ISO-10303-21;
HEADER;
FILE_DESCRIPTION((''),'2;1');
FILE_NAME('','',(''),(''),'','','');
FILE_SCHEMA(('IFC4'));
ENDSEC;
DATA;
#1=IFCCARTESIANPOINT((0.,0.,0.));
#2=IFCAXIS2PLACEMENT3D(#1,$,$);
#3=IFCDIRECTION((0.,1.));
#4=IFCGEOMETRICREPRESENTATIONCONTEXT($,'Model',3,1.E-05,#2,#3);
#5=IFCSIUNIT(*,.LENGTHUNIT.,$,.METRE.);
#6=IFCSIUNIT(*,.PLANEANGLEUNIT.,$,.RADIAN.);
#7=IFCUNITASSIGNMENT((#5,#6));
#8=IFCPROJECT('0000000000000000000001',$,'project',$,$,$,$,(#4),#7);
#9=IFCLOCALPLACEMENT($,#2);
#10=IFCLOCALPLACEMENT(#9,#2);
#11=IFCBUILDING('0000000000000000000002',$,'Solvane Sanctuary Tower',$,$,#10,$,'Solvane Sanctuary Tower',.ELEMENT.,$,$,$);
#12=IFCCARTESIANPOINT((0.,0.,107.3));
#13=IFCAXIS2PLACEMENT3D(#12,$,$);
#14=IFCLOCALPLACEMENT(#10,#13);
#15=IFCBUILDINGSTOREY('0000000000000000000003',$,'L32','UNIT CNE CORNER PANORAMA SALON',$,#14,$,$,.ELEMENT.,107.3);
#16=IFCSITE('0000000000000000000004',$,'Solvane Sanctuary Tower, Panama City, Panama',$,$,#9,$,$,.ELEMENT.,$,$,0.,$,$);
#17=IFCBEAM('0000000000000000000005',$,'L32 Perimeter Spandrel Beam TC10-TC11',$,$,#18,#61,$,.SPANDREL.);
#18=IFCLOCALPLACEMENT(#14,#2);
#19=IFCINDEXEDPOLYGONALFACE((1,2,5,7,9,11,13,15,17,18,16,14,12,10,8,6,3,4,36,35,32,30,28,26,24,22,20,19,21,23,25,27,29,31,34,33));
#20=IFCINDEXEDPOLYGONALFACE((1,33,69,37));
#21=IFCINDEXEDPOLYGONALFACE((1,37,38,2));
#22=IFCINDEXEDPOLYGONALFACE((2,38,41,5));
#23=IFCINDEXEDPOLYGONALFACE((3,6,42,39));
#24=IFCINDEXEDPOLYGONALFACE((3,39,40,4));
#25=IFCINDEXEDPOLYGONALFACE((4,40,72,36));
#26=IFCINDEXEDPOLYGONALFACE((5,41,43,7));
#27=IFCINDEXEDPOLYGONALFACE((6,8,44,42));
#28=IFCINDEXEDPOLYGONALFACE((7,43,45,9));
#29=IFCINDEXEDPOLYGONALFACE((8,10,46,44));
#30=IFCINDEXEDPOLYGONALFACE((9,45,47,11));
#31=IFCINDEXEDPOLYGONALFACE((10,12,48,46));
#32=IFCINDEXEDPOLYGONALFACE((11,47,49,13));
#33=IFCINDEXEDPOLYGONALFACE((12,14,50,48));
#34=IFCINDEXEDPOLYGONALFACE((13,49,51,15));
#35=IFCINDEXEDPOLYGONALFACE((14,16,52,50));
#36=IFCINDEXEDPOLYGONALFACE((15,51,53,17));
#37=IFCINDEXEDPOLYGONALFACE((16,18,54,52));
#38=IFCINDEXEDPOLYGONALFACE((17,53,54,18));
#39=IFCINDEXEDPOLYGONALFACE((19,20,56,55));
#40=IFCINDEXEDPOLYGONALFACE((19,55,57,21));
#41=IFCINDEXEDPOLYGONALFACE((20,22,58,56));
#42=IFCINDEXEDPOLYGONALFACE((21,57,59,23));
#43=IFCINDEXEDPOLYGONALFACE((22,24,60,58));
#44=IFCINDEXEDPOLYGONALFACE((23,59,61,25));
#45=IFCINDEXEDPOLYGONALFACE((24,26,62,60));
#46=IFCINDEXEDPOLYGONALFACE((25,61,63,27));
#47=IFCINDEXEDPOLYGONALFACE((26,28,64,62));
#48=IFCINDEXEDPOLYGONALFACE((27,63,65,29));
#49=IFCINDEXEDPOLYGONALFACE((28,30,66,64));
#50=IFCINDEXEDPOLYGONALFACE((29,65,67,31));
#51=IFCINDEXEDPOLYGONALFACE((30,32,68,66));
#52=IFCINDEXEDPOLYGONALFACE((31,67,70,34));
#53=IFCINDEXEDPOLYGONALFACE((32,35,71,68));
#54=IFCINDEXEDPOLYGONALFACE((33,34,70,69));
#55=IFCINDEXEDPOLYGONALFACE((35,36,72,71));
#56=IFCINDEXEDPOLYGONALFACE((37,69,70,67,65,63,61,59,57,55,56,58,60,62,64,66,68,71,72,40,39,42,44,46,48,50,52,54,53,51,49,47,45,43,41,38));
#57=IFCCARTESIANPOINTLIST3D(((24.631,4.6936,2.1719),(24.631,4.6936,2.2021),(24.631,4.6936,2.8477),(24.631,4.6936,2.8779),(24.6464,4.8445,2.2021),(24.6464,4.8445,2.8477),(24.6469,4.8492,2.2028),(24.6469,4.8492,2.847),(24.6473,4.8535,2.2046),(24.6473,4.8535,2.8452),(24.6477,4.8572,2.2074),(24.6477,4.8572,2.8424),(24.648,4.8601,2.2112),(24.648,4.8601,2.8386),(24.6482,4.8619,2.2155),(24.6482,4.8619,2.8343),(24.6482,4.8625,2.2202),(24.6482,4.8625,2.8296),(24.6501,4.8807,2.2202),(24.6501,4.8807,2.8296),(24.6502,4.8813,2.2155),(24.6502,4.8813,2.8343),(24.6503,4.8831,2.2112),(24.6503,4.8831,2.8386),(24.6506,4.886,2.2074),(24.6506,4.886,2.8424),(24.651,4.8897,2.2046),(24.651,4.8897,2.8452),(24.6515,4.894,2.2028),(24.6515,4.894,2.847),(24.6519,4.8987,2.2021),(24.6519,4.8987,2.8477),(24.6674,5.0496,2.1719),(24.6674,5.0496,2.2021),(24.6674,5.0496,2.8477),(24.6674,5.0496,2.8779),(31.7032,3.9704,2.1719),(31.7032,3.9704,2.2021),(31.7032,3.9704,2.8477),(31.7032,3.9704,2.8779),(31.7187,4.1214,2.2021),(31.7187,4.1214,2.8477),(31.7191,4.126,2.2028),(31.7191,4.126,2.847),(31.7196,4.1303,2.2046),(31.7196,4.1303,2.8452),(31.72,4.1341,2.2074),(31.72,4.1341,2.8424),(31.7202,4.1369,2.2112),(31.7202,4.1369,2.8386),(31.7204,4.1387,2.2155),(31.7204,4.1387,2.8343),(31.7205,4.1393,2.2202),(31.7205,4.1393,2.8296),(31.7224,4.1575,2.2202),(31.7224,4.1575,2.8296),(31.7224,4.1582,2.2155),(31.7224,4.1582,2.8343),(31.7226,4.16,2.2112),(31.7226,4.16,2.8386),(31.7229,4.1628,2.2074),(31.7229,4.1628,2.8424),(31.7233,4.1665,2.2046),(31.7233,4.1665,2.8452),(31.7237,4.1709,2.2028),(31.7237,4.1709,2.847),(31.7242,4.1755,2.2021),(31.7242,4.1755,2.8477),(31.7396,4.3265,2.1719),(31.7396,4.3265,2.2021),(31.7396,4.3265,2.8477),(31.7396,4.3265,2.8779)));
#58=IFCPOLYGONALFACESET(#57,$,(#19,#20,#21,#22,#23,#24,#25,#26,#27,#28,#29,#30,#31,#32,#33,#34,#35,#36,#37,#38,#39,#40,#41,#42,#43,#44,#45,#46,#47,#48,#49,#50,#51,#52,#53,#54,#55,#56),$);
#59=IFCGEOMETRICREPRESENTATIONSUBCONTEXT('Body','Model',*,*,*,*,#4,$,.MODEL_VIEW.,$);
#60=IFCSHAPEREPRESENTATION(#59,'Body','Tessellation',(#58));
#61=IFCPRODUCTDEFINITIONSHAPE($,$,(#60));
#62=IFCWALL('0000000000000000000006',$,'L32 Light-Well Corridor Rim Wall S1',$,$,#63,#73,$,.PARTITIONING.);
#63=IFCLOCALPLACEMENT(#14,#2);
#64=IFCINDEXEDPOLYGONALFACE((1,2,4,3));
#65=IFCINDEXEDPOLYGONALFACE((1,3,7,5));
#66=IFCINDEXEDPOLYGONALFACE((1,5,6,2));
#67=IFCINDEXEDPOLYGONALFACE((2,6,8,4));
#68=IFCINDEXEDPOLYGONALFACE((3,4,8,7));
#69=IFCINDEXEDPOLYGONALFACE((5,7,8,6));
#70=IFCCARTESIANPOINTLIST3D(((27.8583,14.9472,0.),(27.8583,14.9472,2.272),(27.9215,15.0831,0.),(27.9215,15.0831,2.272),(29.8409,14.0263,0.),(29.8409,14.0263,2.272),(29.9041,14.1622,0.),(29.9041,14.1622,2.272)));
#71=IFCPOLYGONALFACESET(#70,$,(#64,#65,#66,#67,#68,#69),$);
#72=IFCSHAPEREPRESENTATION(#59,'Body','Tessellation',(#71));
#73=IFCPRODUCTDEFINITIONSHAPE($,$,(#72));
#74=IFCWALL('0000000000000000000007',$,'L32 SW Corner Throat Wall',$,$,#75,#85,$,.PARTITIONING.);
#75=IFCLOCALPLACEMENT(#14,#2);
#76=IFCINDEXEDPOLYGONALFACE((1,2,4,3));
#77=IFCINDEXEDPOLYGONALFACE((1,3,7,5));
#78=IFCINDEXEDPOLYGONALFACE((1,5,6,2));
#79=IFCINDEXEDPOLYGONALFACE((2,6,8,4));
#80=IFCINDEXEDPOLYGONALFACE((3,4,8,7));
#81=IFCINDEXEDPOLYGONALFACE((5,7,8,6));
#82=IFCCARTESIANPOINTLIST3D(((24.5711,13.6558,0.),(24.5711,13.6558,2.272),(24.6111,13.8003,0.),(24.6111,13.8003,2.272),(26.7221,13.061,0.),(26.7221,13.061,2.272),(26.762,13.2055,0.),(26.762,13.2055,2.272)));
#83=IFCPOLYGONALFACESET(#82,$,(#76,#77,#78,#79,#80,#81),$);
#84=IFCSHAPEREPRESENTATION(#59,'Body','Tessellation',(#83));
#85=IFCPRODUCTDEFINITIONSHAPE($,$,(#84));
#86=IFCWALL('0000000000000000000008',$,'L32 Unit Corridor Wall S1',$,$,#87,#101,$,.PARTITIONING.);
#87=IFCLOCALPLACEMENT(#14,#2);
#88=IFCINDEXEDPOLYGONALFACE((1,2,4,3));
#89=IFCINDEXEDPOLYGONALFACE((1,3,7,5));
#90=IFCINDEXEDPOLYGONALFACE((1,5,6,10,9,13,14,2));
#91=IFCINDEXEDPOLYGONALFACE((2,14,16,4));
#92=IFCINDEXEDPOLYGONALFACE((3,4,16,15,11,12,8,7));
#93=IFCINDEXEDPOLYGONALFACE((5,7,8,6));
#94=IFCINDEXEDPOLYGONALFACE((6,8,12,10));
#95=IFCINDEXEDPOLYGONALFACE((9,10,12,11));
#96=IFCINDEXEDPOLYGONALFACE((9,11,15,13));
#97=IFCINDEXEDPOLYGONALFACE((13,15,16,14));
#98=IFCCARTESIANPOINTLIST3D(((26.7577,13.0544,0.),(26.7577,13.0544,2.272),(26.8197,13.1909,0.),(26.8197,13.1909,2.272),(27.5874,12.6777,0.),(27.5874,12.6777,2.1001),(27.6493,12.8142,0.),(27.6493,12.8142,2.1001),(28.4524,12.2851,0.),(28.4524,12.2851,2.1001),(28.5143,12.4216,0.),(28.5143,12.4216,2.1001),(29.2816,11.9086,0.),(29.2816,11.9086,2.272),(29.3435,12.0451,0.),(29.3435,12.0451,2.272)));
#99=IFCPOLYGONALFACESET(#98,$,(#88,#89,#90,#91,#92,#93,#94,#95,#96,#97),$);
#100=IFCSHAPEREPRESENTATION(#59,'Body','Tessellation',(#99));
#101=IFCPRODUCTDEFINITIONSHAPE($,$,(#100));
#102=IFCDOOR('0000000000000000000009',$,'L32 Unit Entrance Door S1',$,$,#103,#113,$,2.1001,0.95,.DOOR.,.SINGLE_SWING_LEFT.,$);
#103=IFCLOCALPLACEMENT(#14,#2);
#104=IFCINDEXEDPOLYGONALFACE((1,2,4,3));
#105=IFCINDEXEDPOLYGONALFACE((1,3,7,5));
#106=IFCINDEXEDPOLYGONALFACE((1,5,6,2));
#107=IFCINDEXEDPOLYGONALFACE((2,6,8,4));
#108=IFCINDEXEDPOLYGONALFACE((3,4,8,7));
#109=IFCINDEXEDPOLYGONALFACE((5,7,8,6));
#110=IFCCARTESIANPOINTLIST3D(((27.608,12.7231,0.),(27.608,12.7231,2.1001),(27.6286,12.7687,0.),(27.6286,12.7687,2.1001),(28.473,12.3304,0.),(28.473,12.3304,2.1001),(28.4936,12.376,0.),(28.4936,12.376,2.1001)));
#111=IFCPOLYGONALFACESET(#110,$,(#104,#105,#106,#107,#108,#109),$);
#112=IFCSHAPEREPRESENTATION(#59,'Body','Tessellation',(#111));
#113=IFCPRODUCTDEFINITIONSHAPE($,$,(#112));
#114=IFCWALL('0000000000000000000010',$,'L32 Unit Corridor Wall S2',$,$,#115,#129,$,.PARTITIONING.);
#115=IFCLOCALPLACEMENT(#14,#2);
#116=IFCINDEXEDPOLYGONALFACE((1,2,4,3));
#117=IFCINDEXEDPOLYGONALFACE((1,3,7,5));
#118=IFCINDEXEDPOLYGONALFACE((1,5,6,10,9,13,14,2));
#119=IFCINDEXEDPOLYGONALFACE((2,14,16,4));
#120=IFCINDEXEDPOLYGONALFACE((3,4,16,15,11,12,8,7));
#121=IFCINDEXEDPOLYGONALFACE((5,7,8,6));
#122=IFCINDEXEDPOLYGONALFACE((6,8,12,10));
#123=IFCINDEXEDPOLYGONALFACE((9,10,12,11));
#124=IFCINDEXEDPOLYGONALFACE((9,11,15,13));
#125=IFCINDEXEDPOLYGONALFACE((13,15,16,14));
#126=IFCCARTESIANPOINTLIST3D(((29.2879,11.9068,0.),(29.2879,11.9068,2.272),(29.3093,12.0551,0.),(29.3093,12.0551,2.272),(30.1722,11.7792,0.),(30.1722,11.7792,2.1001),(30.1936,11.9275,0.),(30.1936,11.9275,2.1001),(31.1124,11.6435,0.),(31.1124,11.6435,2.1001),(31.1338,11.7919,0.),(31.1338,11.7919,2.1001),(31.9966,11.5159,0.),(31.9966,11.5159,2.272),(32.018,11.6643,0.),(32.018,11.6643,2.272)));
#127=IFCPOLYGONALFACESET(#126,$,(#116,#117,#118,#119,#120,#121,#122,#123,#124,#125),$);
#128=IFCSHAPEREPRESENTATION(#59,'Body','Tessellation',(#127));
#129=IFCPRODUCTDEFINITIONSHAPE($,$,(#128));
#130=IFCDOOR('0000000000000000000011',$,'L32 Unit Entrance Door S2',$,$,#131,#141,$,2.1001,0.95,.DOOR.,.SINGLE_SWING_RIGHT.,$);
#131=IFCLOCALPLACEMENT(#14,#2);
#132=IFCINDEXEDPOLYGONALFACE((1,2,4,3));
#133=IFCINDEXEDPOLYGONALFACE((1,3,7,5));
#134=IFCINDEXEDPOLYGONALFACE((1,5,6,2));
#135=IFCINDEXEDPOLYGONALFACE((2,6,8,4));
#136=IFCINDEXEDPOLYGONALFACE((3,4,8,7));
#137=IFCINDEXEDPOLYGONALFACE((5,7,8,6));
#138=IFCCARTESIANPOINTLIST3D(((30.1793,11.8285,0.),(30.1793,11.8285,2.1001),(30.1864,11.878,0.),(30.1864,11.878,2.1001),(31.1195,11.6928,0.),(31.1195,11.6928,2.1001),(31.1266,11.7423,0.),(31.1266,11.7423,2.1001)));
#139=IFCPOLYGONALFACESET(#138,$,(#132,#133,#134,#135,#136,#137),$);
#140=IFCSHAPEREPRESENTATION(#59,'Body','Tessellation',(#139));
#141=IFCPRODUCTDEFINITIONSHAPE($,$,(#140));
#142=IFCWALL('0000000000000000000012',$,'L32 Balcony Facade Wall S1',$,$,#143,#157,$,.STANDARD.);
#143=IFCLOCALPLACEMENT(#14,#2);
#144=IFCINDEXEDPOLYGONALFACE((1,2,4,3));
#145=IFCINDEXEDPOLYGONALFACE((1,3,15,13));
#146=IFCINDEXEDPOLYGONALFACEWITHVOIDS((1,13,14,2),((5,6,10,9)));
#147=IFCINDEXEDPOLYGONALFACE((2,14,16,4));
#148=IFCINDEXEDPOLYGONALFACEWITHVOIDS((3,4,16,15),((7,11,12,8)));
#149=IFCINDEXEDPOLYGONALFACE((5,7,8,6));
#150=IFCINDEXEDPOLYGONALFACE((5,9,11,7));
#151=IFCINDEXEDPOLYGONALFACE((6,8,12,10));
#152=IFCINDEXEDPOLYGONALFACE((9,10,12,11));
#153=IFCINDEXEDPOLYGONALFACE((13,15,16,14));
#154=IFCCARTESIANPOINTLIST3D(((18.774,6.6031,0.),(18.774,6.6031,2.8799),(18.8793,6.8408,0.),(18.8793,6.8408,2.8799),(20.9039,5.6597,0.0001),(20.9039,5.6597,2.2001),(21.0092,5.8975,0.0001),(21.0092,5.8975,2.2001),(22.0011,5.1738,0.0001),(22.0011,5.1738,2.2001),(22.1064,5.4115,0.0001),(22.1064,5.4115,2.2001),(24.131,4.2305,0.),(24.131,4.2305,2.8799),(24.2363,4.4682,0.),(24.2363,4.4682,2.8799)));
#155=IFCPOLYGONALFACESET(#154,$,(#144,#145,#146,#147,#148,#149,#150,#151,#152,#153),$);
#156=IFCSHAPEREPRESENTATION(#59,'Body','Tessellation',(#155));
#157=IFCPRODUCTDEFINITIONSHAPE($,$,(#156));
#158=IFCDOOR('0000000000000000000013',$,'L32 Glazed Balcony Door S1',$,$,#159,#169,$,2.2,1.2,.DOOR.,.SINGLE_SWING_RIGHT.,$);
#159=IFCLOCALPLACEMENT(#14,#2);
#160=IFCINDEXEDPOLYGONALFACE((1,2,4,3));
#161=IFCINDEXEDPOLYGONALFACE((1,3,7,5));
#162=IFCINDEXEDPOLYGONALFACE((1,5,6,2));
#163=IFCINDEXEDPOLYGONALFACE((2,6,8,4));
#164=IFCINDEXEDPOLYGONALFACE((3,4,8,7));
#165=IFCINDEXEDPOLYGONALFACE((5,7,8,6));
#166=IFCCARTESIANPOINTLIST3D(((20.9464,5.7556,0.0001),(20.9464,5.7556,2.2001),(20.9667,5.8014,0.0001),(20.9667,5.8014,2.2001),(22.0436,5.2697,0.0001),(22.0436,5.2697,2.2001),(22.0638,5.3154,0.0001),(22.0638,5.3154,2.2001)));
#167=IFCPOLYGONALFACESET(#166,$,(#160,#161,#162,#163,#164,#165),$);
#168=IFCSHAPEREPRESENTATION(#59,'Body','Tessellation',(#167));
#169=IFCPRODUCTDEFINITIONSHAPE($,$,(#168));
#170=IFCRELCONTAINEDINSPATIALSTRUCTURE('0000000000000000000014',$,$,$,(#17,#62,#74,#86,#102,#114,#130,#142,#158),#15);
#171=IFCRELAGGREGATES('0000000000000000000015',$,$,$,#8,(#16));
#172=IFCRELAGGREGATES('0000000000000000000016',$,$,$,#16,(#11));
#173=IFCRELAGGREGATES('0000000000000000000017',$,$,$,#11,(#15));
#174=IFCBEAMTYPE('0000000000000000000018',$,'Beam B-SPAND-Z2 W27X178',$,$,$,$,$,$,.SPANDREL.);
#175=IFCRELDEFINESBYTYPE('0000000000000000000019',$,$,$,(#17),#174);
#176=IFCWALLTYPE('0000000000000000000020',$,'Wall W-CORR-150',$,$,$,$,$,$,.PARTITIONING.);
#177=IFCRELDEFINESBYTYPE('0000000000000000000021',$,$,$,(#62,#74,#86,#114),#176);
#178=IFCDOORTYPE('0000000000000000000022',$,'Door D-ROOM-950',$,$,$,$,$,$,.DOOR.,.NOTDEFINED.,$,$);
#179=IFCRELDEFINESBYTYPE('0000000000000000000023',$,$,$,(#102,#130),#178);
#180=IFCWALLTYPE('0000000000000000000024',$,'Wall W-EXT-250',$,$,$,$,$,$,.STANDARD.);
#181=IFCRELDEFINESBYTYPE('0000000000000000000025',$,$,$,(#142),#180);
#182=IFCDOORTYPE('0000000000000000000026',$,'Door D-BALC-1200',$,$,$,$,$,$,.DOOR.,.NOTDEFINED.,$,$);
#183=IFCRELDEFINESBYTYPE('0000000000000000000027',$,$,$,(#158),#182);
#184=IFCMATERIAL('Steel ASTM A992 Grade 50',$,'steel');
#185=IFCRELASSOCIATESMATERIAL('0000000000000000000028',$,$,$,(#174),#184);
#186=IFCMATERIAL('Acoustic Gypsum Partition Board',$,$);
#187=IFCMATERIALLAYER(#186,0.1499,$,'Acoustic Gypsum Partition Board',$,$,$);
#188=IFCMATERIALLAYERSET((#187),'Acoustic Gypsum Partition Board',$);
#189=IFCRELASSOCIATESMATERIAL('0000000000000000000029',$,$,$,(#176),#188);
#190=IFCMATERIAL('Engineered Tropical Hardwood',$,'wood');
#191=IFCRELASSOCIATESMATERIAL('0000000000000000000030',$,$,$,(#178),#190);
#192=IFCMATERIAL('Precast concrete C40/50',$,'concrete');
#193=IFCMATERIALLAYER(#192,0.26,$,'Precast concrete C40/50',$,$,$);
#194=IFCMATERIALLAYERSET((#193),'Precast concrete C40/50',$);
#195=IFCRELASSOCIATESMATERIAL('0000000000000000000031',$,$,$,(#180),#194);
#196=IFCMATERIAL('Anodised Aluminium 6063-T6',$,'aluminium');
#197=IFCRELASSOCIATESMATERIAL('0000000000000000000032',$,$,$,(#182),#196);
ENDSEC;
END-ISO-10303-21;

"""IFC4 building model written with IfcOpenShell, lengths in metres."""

from ifc_helpers import new_model, si_unit, direction, frame, frame_2d, origin, origin_2d, place, context, subcontext, project, spatial, rectangle, i_section, extrude, material, layer, layer_set, material_profile, profile_set, type_object, element, fill, save


model = new_model("IFC4")

# Units and contexts
model_context = context("Model", 3, precision=1e-05, world=origin(), true_north=direction((0.0, 1.0)))
body_context = subcontext(model_context, "Body", "Model", "MODEL_VIEW")
ifc_project = project(units=[si_unit("LENGTHUNIT", "METRE"), si_unit("PLANEANGLEUNIT", "RADIAN")], contexts=[model_context])

# Site, building, storey
site_placement = place(None, origin())
site = spatial("IfcSite", under=ifc_project, at=site_placement, Name="Solvane Sanctuary Tower, Panama City, Panama", CompositionType="ELEMENT", RefElevation=0.0)
building_placement = place(site_placement, origin())
building = spatial("IfcBuilding", under=site, at=building_placement, Name="Solvane Sanctuary Tower", LongName="Solvane Sanctuary Tower", CompositionType="ELEMENT")
storey_placement = place(building_placement, frame((0.0, 0.0, 107.3)))
storey = spatial("IfcBuildingStorey", under=building, at=storey_placement, Name="L32", Description="UNIT CNE CORNER PANORAMA SALON", CompositionType="ELEMENT", Elevation=107.3)

# Beam
ifc_material_1 = material(Name="Steel ASTM A992 Grade 50", Category="steel")
ifc_material_profile_1 = material_profile(ifc_material_1, i_section(OverallWidth=0.3579, OverallDepth=0.7061, WebThickness=0.0183, FlangeThickness=0.0303, FilletRadius=0.0181, at=origin_2d()), Name="W27X178")
ifc_profile_set_1 = profile_set([ifc_material_profile_1], Name="Steel ASTM A992 Grade 50")
beam_type_1 = type_object("IfcBeamType", Name="Beam B-SPAND-Z2 W27X178", PredefinedType="SPANDREL", material=ifc_profile_set_1)
beam_1_placement = place(storey_placement, frame((24.6492, 4.8716, 2.5249), z_axis=(0.994813, -0.10172, 0.0), x_axis=(0.10172, 0.994813, 0.0)))
element("IfcBeam", 1, at=beam_1_placement, inside=storey, type_object=beam_type_1, Name="L32 Perimeter Spandrel Beam TC10-TC11", PredefinedType="SPANDREL", context=body_context, shape_type="SweptSolid", body=[
    extrude(i_section(OverallWidth=0.3579, OverallDepth=0.7061, WebThickness=0.0183, FlangeThickness=0.0303, FilletRadius=0.0181, at=origin_2d()), origin(), (0.0, 0.0, 1.0), 7.1091),
])

# Walls
ifc_material_2 = material(Name="Acoustic Gypsum Partition Board")
ifc_layer_1 = layer(ifc_material_2, 0.1499, Name="Acoustic Gypsum Partition Board")
ifc_layer_set_1 = layer_set([ifc_layer_1], Name="Acoustic Gypsum Partition Board")
wall_type_1 = type_object("IfcWallType", Name="Wall W-CORR-150", PredefinedType="PARTITIONING", material=ifc_layer_set_1)
wall_1_placement = place(storey_placement, frame((27.8899, 15.0151, 0.0), z_axis=(0.0, 0.0, 1.0), x_axis=(0.906943, -0.421252, 0.0)))
element("IfcWall", 2, at=wall_1_placement, inside=storey, type_object=wall_type_1, Name="L32 Light-Well Corridor Rim Wall S1", PredefinedType="PARTITIONING", context=body_context, shape_type="SweptSolid", body=[
    extrude(rectangle(XDim=2.186, YDim=0.1499, at=frame_2d((1.093, 0.0))), origin(), (0.0, 0.0, 1.0), 2.272),
])
wall_2_placement = place(storey_placement, frame((26.7419, 13.1333, 0.0), z_axis=(0.0, 0.0, 1.0), x_axis=(-0.963834, 0.266504, 0.0)))
element("IfcWall", 3, at=wall_2_placement, inside=storey, type_object=wall_type_1, Name="L32 SW Corner Throat Wall", PredefinedType="PARTITIONING", context=body_context, shape_type="SweptSolid", body=[
    extrude(rectangle(XDim=2.2317, YDim=0.1499, at=frame_2d((1.1157, 0.0))), origin(), (0.0, 0.0, 1.0), 2.272),
])

# Walls, openings, doors
wall_3_placement = place(storey_placement, frame((26.7888, 13.1226, 0.0), z_axis=(0.0, 0.0, 1.0), x_axis=(0.910568, -0.413358, 0.0)))
wall_3 = element("IfcWall", 4, at=wall_3_placement, inside=storey, type_object=wall_type_1, Name="L32 Unit Corridor Wall S1", PredefinedType="PARTITIONING", context=body_context, shape_type="SweptSolid", body=[
    extrude(rectangle(XDim=2.7717, YDim=0.1499, at=frame_2d((1.3857, 0.0))), origin(), (0.0, 0.0, 1.0), 2.272),
])
opening_1_placement = place(wall_3_placement, frame((0.9109, 0.0, 0.0)))
opening_1 = element("IfcOpeningElement", 5, at=opening_1_placement, cuts=wall_3, PredefinedType="OPENING", context=body_context, shape_type="SweptSolid", body=[
    extrude(rectangle(XDim=0.95, YDim=2.1001, at=frame_2d((0.4751, 1.05))), frame((0.0, 0.085, 0.0), z_axis=(0.0, -1.0, 0.0), x_axis=(1.0, 0.0, 0.0)), (0.0, 0.0, 1.0), 0.1699),
])
ifc_material_3 = material(Name="Engineered Tropical Hardwood", Category="wood")
door_type_1 = type_object("IfcDoorType", Name="Door D-ROOM-950", OperationType="NOTDEFINED", PredefinedType="DOOR", material=ifc_material_3)
door_1_placement = place(opening_1_placement, origin())
door_1 = element("IfcDoor", 6, at=door_1_placement, inside=storey, type_object=door_type_1, Name="L32 Unit Entrance Door S1", OperationType="SINGLE_SWING_LEFT", OverallHeight=2.1001, OverallWidth=0.95, PredefinedType="DOOR", context=body_context, shape_type="SweptSolid", body=[
    extrude(rectangle(XDim=0.95, YDim=2.1001, at=frame_2d((0.4751, 1.05))), frame((0.0, 0.0249, 0.0), z_axis=(0.0, -1.0, 0.0), x_axis=(1.0, 0.0, 0.0)), (0.0, 0.0, 1.0), 0.05),
])
fill(opening_1, door_1)
wall_4_placement = place(storey_placement, frame((29.2986, 11.981, 0.0), z_axis=(0.0, 0.0, 1.0), x_axis=(0.989749, -0.14282, 0.0)))
wall_4 = element("IfcWall", 7, at=wall_4_placement, inside=storey, type_object=wall_type_1, Name="L32 Unit Corridor Wall S2", PredefinedType="PARTITIONING", context=body_context, shape_type="SweptSolid", body=[
    extrude(rectangle(XDim=2.7368, YDim=0.1499, at=frame_2d((1.3684, 0.0))), origin(), (0.0, 0.0, 1.0), 2.272),
])
opening_2_placement = place(wall_4_placement, frame((0.8933, 0.0, 0.0)))
opening_2 = element("IfcOpeningElement", 8, at=opening_2_placement, cuts=wall_4, PredefinedType="OPENING", context=body_context, shape_type="SweptSolid", body=[
    extrude(rectangle(XDim=0.95, YDim=2.1001, at=frame_2d((0.4751, 1.05))), frame((0.0, 0.085, 0.0), z_axis=(0.0, -1.0, 0.0), x_axis=(1.0, 0.0, 0.0)), (0.0, 0.0, 1.0), 0.1699),
])
door_2_placement = place(opening_2_placement, origin())
door_2 = element("IfcDoor", 9, at=door_2_placement, inside=storey, type_object=door_type_1, Name="L32 Unit Entrance Door S2", OperationType="SINGLE_SWING_RIGHT", OverallHeight=2.1001, OverallWidth=0.95, PredefinedType="DOOR", context=body_context, shape_type="SweptSolid", body=[
    extrude(rectangle(XDim=0.95, YDim=2.1001, at=frame_2d((0.4751, 1.05))), frame((0.0, 0.0249, 0.0), z_axis=(0.0, -1.0, 0.0), x_axis=(1.0, 0.0, 0.0)), (0.0, 0.0, 1.0), 0.05),
])
fill(opening_2, door_2)
ifc_material_4 = material(Name="Precast concrete C40/50", Category="concrete")
ifc_layer_2 = layer(ifc_material_4, 0.26, Name="Precast concrete C40/50")
ifc_layer_set_2 = layer_set([ifc_layer_2], Name="Precast concrete C40/50")
wall_type_2 = type_object("IfcWallType", Name="Wall W-EXT-250", PredefinedType="STANDARD", material=ifc_layer_set_2)
wall_5_placement = place(storey_placement, frame((18.8267, 6.7219, 0.0), z_axis=(0.0, 0.0, 1.0), x_axis=(0.914337, -0.404955, 0.0)))
wall_5 = element("IfcWall", 10, at=wall_5_placement, inside=storey, type_object=wall_type_2, Name="L32 Balcony Facade Wall S1", PredefinedType="STANDARD", context=body_context, shape_type="SweptSolid", body=[
    extrude(rectangle(XDim=5.8589, YDim=0.26, at=frame_2d((2.9294, 0.0))), origin(), (0.0, 0.0, 1.0), 2.8799),
])
opening_3_placement = place(wall_5_placement, frame((2.3293, 0.0, 0.0)))
opening_3 = element("IfcOpeningElement", 11, at=opening_3_placement, cuts=wall_5, PredefinedType="OPENING", context=body_context, shape_type="SweptSolid", body=[
    extrude(rectangle(XDim=1.2, YDim=2.2, at=frame_2d((0.6001, 1.1001))), frame((0.0, 0.1399, 0.0), z_axis=(0.0, -1.0, 0.0), x_axis=(1.0, 0.0, 0.0)), (0.0, 0.0, 1.0), 0.28),
])
ifc_material_5 = material(Name="Anodised Aluminium 6063-T6", Category="aluminium")
door_type_2 = type_object("IfcDoorType", Name="Door D-BALC-1200", OperationType="NOTDEFINED", PredefinedType="DOOR", material=ifc_material_5)
door_3_placement = place(opening_3_placement, origin())
door_3 = element("IfcDoor", 12, at=door_3_placement, inside=storey, type_object=door_type_2, Name="L32 Glazed Balcony Door S1", OperationType="SINGLE_SWING_RIGHT", OverallHeight=2.2, OverallWidth=1.2, PredefinedType="DOOR", context=body_context, shape_type="SweptSolid", body=[
    extrude(rectangle(XDim=1.2, YDim=2.2, at=frame_2d((0.6001, 1.1001))), frame((0.0, 0.0249, 0.0), z_axis=(0.0, -1.0, 0.0), x_axis=(1.0, 0.0, 0.0)), (0.0, 0.0, 1.0), 0.05),
])
fill(opening_3, door_3)

save(model, "model.ifc")
